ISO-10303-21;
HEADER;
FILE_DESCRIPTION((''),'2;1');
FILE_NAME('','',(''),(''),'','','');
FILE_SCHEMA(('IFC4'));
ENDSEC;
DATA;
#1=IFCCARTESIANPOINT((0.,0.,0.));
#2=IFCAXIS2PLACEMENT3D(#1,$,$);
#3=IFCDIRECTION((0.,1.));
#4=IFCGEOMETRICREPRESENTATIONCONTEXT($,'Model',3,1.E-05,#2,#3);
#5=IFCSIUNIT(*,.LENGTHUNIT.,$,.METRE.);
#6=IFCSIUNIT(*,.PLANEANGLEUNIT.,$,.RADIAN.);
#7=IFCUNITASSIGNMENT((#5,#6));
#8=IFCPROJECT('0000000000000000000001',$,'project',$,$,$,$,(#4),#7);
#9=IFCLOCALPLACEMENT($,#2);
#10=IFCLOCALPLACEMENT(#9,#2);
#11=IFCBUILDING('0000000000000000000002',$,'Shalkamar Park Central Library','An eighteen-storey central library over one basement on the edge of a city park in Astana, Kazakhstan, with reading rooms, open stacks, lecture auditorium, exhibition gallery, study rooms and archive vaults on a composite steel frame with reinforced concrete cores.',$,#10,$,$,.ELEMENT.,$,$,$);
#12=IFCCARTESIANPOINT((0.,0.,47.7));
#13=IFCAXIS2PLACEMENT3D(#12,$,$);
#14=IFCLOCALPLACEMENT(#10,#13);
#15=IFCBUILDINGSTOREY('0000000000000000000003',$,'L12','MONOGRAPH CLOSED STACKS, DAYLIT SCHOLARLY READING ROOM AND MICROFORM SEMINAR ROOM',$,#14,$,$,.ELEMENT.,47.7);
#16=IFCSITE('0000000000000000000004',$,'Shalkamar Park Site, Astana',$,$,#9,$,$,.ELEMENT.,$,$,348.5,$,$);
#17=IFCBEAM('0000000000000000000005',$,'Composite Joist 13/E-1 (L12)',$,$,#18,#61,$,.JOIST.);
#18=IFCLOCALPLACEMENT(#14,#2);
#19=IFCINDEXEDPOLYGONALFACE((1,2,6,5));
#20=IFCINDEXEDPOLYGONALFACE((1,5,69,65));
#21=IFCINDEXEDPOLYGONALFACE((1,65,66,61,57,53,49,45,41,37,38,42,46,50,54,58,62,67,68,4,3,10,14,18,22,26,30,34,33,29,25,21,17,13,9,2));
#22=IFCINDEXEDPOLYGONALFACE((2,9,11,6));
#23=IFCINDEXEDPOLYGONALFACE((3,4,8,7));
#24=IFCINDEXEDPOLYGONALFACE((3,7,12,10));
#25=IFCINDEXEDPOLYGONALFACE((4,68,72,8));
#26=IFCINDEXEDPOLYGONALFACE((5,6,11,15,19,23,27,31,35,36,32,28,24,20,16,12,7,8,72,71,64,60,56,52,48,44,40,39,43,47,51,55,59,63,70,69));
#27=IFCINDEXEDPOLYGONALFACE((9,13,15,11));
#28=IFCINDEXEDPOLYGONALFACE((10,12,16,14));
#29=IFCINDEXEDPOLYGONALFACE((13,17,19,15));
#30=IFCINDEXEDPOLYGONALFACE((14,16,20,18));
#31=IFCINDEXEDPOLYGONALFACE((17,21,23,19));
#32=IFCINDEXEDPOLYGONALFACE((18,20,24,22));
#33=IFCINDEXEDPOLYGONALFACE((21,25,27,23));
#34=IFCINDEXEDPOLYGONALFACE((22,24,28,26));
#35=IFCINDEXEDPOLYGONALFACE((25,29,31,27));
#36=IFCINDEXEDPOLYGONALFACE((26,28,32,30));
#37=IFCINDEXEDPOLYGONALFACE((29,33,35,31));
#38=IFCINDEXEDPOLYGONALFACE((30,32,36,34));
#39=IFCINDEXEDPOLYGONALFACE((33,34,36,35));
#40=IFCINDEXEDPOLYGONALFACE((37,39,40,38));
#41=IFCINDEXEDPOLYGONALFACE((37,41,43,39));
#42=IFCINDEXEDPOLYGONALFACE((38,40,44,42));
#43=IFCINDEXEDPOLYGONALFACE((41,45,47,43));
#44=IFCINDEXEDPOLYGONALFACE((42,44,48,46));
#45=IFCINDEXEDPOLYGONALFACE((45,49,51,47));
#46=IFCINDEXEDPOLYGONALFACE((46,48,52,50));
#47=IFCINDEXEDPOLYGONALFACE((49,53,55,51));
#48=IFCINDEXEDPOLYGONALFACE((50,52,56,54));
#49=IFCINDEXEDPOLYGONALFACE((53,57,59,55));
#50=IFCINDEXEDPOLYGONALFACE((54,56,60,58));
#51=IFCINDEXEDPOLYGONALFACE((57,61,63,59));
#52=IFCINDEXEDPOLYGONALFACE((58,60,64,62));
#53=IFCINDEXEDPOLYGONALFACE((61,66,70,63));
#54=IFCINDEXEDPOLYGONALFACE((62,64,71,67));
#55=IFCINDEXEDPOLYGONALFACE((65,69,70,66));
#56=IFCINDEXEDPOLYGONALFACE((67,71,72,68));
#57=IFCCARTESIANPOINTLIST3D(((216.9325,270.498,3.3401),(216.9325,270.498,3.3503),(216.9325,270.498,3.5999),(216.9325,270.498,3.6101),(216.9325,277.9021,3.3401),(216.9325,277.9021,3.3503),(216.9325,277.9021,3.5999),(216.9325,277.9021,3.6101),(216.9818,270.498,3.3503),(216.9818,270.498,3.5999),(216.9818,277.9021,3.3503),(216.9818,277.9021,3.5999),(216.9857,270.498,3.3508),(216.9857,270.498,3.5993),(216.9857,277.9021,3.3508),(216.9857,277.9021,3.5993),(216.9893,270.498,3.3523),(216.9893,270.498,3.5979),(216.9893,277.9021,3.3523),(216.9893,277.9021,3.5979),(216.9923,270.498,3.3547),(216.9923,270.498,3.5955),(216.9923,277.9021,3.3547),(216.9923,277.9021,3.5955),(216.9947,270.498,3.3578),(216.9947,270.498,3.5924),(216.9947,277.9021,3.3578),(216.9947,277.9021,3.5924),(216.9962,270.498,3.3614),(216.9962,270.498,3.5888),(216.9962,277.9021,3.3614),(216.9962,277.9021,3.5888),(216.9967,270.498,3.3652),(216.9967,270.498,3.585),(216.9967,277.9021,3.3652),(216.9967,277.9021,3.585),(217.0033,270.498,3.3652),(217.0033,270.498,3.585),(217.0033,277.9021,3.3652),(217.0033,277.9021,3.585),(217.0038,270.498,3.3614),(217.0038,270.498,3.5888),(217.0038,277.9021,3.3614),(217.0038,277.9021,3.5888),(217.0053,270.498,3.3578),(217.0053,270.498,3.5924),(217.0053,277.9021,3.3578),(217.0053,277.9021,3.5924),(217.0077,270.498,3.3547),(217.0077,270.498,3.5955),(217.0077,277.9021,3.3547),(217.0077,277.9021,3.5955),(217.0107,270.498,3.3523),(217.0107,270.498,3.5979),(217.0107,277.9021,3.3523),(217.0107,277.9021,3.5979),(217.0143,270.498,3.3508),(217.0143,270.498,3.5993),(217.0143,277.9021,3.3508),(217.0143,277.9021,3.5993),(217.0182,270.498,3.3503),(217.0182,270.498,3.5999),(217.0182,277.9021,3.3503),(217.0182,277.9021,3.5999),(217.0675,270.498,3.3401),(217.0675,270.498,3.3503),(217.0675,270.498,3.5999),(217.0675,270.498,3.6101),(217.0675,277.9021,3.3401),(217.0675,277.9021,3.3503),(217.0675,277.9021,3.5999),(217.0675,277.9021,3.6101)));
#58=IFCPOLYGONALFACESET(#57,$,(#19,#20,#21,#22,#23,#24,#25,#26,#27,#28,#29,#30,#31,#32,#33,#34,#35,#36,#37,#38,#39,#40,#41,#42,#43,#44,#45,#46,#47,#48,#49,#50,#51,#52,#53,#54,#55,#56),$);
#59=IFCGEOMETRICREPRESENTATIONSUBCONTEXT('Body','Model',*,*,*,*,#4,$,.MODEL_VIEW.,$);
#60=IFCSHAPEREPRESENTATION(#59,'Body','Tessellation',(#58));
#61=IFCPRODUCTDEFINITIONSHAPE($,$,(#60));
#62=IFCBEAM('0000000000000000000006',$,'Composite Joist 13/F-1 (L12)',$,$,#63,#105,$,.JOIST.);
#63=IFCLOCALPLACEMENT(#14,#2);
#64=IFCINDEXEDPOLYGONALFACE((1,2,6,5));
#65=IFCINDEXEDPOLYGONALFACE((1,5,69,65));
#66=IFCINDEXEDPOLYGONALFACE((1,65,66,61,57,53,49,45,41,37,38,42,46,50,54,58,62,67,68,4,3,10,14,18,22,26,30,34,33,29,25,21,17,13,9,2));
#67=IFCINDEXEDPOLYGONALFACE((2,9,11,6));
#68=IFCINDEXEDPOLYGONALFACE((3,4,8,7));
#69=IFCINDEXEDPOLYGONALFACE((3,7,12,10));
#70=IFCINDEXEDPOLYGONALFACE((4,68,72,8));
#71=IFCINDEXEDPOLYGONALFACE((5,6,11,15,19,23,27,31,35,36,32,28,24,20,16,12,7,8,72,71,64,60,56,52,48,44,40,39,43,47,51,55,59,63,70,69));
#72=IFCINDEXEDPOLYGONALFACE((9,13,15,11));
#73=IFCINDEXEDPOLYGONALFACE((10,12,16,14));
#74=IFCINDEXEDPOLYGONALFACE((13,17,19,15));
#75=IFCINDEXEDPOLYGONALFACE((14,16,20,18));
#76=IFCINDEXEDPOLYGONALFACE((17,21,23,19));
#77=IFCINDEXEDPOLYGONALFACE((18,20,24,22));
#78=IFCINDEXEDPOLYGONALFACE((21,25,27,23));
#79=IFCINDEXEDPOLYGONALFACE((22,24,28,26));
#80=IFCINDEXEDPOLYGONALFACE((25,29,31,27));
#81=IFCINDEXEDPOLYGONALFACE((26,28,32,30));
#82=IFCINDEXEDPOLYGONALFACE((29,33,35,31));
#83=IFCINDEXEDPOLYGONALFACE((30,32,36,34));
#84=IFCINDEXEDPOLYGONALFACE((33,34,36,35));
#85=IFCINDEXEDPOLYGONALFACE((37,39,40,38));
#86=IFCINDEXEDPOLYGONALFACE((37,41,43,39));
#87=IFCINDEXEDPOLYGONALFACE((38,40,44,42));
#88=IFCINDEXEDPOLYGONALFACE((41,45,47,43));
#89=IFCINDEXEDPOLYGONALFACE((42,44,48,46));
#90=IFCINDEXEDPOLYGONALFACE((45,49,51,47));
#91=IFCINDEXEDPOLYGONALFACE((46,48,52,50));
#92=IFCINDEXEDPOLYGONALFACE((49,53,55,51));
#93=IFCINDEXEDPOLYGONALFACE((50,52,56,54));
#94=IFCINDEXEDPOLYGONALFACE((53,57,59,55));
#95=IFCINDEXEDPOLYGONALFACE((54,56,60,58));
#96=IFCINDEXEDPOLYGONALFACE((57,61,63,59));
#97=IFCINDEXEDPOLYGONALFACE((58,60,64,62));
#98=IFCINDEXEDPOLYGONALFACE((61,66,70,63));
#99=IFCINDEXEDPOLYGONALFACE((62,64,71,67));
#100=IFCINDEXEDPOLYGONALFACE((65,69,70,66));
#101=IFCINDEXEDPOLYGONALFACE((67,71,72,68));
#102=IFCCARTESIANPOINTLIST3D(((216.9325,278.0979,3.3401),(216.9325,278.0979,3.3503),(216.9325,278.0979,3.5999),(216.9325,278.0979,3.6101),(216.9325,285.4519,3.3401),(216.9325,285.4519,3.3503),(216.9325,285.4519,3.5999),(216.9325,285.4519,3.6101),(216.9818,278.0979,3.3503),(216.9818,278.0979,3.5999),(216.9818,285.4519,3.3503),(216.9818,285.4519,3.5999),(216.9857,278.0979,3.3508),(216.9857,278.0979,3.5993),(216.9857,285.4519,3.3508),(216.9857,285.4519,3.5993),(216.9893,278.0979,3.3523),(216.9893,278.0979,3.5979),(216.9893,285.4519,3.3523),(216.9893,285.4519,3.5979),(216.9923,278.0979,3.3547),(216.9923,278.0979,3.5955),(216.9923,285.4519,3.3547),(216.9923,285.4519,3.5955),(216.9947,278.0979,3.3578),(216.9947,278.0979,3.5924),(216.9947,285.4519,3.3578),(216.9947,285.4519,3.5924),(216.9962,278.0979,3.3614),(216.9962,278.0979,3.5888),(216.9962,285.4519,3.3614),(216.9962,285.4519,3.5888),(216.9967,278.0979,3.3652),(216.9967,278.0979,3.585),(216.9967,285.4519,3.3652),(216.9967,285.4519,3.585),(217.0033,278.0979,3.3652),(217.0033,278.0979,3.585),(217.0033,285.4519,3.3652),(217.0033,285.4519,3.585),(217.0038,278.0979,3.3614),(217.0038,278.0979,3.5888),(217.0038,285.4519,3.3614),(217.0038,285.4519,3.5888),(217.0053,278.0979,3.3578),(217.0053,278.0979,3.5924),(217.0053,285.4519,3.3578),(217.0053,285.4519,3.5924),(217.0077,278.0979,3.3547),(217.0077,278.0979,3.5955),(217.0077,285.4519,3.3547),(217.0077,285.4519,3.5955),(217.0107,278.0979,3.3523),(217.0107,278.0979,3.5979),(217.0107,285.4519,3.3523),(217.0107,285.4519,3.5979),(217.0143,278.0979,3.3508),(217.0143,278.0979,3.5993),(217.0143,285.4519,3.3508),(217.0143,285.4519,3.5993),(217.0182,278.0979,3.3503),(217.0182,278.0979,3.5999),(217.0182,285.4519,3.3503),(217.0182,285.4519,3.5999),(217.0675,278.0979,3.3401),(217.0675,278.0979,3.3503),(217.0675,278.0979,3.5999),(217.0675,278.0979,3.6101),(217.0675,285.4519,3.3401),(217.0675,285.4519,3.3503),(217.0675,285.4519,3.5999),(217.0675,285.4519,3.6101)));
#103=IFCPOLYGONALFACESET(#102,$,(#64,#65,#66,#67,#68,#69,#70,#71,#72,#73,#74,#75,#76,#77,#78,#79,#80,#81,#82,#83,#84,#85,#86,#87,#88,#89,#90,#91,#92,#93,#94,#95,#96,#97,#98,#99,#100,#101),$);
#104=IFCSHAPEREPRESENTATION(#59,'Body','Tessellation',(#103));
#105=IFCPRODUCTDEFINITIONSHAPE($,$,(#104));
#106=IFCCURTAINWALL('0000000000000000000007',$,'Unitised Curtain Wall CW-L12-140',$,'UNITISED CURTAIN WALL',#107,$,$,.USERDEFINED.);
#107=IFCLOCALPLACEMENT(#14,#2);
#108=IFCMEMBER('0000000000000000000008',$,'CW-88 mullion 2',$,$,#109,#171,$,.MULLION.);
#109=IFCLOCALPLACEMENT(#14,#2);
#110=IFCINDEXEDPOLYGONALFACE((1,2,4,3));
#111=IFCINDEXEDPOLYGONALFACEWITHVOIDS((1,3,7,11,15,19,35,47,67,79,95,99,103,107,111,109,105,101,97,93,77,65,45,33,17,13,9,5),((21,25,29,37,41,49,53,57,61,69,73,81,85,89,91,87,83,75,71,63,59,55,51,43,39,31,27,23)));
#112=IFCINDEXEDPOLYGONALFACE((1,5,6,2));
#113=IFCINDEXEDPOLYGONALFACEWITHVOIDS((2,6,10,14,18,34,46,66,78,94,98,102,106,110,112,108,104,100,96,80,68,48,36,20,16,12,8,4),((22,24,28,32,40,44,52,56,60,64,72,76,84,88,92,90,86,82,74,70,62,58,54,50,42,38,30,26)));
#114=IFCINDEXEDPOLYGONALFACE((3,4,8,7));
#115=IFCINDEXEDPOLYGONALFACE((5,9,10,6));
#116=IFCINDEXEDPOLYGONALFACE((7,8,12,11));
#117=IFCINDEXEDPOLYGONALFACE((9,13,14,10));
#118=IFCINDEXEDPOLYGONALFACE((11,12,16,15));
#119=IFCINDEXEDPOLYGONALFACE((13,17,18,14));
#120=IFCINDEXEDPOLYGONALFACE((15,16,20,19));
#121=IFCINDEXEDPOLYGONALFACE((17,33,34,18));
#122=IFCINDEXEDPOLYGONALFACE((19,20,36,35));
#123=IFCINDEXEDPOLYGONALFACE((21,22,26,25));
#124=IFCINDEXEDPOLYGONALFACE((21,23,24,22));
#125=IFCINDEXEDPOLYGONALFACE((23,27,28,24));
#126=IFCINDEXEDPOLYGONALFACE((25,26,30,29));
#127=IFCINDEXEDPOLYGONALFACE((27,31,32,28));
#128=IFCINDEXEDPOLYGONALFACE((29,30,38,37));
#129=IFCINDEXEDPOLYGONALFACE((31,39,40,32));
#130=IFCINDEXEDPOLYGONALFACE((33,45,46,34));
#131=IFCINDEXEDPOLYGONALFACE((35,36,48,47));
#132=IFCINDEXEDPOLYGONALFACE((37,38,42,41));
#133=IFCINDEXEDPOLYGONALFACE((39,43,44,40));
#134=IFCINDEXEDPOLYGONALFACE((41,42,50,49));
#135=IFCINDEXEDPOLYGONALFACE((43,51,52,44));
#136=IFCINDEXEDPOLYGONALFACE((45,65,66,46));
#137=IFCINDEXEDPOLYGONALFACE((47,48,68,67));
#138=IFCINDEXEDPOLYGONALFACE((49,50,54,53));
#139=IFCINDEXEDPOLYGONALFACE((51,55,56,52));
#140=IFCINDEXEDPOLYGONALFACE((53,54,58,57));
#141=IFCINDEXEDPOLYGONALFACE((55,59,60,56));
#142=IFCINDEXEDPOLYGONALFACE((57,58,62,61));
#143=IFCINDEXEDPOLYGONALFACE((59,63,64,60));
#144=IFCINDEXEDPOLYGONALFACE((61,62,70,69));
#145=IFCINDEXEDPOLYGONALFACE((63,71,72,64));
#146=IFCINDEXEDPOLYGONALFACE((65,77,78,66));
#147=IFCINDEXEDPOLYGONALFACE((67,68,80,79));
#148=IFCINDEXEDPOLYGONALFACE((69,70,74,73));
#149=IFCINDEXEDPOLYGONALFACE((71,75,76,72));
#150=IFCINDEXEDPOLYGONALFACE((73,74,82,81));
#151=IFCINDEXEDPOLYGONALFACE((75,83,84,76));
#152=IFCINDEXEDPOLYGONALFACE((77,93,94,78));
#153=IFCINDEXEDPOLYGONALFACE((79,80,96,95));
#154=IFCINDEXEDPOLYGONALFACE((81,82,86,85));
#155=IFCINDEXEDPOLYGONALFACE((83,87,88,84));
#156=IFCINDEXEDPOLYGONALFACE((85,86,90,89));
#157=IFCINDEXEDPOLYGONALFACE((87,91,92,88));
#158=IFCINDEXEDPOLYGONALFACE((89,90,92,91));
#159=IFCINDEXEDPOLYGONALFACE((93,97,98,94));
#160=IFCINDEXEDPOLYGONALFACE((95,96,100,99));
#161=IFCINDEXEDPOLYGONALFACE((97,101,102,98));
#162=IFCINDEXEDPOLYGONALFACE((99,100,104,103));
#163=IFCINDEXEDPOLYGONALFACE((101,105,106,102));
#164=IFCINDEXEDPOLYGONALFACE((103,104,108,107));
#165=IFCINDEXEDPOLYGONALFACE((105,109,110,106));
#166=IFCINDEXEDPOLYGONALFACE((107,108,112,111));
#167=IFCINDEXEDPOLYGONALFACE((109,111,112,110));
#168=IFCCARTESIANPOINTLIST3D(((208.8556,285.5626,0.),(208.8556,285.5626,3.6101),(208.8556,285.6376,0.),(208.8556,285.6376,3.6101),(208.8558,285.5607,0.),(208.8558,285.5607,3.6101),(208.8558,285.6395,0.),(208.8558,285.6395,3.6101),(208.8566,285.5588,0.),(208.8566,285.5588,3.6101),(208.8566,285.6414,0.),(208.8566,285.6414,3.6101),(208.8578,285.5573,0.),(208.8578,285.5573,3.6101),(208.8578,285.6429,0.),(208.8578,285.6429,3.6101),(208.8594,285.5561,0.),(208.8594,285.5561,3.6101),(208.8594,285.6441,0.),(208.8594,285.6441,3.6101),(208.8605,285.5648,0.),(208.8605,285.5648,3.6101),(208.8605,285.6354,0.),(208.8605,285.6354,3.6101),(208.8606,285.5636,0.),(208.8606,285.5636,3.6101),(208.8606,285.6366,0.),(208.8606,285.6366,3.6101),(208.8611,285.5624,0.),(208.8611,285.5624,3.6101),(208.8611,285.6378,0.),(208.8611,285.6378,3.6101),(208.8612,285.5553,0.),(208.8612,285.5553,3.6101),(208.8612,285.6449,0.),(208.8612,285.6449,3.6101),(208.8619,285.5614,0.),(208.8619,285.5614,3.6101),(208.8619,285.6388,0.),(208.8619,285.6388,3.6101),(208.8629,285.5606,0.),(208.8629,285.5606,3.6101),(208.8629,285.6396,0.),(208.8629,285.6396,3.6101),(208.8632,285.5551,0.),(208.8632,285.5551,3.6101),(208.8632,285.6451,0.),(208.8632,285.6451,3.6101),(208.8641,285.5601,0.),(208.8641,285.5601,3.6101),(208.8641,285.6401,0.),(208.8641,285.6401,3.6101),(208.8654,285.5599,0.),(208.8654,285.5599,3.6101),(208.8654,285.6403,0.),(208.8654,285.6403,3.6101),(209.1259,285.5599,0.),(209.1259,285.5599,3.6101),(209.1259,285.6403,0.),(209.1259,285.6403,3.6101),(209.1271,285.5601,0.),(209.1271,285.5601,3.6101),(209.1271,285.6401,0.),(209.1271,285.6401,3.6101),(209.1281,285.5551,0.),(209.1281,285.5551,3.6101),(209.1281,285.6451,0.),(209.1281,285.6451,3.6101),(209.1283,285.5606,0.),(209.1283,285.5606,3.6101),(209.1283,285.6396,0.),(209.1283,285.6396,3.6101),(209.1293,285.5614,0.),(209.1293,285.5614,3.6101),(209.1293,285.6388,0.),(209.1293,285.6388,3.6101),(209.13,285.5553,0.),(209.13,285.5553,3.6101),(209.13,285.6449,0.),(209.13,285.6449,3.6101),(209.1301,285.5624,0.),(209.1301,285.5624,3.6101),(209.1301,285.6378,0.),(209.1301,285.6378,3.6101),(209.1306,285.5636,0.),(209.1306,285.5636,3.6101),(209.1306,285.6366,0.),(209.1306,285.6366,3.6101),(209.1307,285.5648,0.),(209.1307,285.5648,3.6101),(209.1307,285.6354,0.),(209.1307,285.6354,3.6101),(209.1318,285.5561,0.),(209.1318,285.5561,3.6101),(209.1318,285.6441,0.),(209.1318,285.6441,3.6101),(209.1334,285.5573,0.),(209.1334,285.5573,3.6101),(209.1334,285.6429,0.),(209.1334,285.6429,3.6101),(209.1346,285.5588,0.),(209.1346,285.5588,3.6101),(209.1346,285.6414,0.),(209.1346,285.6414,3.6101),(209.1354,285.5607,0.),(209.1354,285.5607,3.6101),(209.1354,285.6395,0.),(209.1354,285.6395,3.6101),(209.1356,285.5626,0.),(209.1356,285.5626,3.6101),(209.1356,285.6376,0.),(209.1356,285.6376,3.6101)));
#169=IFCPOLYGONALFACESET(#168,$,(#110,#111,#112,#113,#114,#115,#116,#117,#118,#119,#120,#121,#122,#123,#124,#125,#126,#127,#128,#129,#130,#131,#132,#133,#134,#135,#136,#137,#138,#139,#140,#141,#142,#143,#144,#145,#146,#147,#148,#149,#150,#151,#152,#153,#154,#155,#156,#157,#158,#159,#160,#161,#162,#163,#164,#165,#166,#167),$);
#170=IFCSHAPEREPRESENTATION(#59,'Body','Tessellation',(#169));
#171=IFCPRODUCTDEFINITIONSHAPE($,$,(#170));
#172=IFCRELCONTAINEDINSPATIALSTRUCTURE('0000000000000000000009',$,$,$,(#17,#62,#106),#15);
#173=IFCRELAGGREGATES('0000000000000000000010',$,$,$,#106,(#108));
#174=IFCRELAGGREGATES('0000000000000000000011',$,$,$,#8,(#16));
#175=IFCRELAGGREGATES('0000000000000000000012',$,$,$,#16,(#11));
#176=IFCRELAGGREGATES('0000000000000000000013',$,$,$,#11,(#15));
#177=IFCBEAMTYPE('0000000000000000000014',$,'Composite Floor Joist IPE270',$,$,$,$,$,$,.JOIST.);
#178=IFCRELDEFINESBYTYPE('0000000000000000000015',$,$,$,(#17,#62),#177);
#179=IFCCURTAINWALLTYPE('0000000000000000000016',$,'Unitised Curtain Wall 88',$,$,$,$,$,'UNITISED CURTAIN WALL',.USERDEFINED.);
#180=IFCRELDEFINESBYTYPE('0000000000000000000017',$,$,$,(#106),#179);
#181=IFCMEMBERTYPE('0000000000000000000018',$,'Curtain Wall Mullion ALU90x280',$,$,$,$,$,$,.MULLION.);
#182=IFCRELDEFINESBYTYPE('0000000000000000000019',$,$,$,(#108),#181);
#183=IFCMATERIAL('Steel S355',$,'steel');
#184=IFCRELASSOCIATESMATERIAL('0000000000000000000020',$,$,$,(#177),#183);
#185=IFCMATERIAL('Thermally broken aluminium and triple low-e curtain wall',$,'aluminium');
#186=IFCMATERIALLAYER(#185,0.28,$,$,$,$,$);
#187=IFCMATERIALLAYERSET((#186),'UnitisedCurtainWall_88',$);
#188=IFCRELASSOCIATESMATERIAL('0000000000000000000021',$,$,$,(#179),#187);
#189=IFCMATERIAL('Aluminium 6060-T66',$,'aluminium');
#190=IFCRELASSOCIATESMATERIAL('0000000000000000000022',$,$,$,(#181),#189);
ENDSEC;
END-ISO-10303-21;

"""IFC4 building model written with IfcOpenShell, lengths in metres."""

from ifc_helpers import new_model, si_unit, direction, frame, origin, origin_2d, place, context, subcontext, project, spatial, hollow_rectangle, i_section, extrude, material, layer, layer_set, material_profile, profile_set, type_object, element, aggregate, save


model = new_model("IFC4")

# Units and contexts
model_context = context("Model", 3, precision=1e-05, world=origin(), true_north=direction((0.0, 1.0)))
body_context = subcontext(model_context, "Body", "Model", "MODEL_VIEW")
ifc_project = project(units=[si_unit("LENGTHUNIT", "METRE"), si_unit("PLANEANGLEUNIT", "RADIAN")], contexts=[model_context])

# Site, building, storey
site_placement = place(None, origin())
site = spatial("IfcSite", under=ifc_project, at=site_placement, Name="Shalkamar Park Site, Astana", CompositionType="ELEMENT", RefElevation=348.5)
building_placement = place(site_placement, origin())
building = spatial("IfcBuilding", under=site, at=building_placement, Name="Shalkamar Park Central Library", Description="An eighteen-storey central library over one basement on the edge of a city park in Astana, Kazakhstan, with reading rooms, open stacks, lecture auditorium, exhibition gallery, study rooms and archive vaults on a composite steel frame with reinforced concrete cores.", CompositionType="ELEMENT")
storey_placement = place(building_placement, frame((0.0, 0.0, 47.7)))
storey = spatial("IfcBuildingStorey", under=building, at=storey_placement, Name="L12", Description="MONOGRAPH CLOSED STACKS, DAYLIT SCHOLARLY READING ROOM AND MICROFORM SEMINAR ROOM", CompositionType="ELEMENT", Elevation=47.7)

# Shared definitions
ifc_material_1 = material(Name="Steel S355", Category="steel")

# Beams
ifc_material_profile_1 = material_profile(ifc_material_1, i_section(OverallWidth=0.135, OverallDepth=0.27, WebThickness=0.0066, FlangeThickness=0.0103, FilletRadius=0.0149, at=origin_2d()), Name="IPE 270")
ifc_profile_set_1 = profile_set([ifc_material_profile_1], Name="Steel S355")
beam_type_1 = type_object("IfcBeamType", Name="Composite Floor Joist IPE270", PredefinedType="JOIST", material=ifc_profile_set_1)
beam_1_placement = place(storey_placement, frame((217.0, 270.498, 3.4751), z_axis=(0.0, 1.0, 0.0), x_axis=(-1.0, 0.0, 0.0)))
element("IfcBeam", 1, at=beam_1_placement, inside=storey, type_object=beam_type_1, Name="Composite Joist 13/E-1 (L12)", PredefinedType="JOIST", context=body_context, shape_type="SweptSolid", body=[
    extrude(i_section(OverallWidth=0.135, OverallDepth=0.27, WebThickness=0.0066, FlangeThickness=0.0103, FilletRadius=0.0149, at=origin_2d()), origin(), (0.0, 0.0, 1.0), 7.4041),
])
beam_2_placement = place(storey_placement, frame((217.0, 278.0979, 3.4751), z_axis=(0.0, 1.0, 0.0), x_axis=(-1.0, 0.0, 0.0)))
element("IfcBeam", 2, at=beam_2_placement, inside=storey, type_object=beam_type_1, Name="Composite Joist 13/F-1 (L12)", PredefinedType="JOIST", context=body_context, shape_type="SweptSolid", body=[
    extrude(i_section(OverallWidth=0.135, OverallDepth=0.27, WebThickness=0.0066, FlangeThickness=0.0103, FilletRadius=0.0149, at=origin_2d()), origin(), (0.0, 0.0, 1.0), 7.354),
])

# Curtain wall, member
ifc_material_2 = material(Name="Thermally broken aluminium and triple low-e curtain wall", Category="aluminium")
ifc_layer_1 = layer(ifc_material_2, 0.28)
ifc_layer_set_1 = layer_set([ifc_layer_1], Name="UnitisedCurtainWall_88")
curtain_wall_type = type_object("IfcCurtainWallType", Name="Unitised Curtain Wall 88", ElementType="UNITISED CURTAIN WALL", PredefinedType="USERDEFINED", material=ifc_layer_set_1)
curtain_wall_placement = place(storey_placement, origin())
curtain_wall = element("IfcCurtainWall", 3, at=curtain_wall_placement, inside=storey, type_object=curtain_wall_type, Name="Unitised Curtain Wall CW-L12-140", ObjectType="UNITISED CURTAIN WALL", PredefinedType="USERDEFINED")
ifc_material_3 = material(Name="Aluminium 6060-T66", Category="aluminium")
ifc_material_profile_2 = material_profile(ifc_material_3, hollow_rectangle(XDim=0.0901, YDim=0.28, WallThickness=0.0049, InnerFilletRadius=0.0049, OuterFilletRadius=0.0076, at=origin_2d()), Name="ALU 90x280x5")
ifc_profile_set_2 = profile_set([ifc_material_profile_2], Name="Aluminium 6060-T66")
member_type_1 = type_object("IfcMemberType", Name="Curtain Wall Mullion ALU90x280", PredefinedType="MULLION", material=ifc_profile_set_2)
member_1_placement = place(storey_placement, frame((208.9956, 285.6001, 0.0), z_axis=(0.0, 0.0, 1.0), x_axis=(0.0, 1.0, 0.0)))
member_1 = element("IfcMember", 4, at=member_1_placement, type_object=member_type_1, Name="CW-88 mullion 2", PredefinedType="MULLION", context=body_context, shape_type="SweptSolid", body=[
    extrude(hollow_rectangle(XDim=0.0901, YDim=0.28, WallThickness=0.0049, InnerFilletRadius=0.0049, OuterFilletRadius=0.0076, at=origin_2d()), origin(), (0.0, 0.0, 1.0), 3.6101),
])

aggregate(curtain_wall, [member_1])

save(model, "model.ifc")
